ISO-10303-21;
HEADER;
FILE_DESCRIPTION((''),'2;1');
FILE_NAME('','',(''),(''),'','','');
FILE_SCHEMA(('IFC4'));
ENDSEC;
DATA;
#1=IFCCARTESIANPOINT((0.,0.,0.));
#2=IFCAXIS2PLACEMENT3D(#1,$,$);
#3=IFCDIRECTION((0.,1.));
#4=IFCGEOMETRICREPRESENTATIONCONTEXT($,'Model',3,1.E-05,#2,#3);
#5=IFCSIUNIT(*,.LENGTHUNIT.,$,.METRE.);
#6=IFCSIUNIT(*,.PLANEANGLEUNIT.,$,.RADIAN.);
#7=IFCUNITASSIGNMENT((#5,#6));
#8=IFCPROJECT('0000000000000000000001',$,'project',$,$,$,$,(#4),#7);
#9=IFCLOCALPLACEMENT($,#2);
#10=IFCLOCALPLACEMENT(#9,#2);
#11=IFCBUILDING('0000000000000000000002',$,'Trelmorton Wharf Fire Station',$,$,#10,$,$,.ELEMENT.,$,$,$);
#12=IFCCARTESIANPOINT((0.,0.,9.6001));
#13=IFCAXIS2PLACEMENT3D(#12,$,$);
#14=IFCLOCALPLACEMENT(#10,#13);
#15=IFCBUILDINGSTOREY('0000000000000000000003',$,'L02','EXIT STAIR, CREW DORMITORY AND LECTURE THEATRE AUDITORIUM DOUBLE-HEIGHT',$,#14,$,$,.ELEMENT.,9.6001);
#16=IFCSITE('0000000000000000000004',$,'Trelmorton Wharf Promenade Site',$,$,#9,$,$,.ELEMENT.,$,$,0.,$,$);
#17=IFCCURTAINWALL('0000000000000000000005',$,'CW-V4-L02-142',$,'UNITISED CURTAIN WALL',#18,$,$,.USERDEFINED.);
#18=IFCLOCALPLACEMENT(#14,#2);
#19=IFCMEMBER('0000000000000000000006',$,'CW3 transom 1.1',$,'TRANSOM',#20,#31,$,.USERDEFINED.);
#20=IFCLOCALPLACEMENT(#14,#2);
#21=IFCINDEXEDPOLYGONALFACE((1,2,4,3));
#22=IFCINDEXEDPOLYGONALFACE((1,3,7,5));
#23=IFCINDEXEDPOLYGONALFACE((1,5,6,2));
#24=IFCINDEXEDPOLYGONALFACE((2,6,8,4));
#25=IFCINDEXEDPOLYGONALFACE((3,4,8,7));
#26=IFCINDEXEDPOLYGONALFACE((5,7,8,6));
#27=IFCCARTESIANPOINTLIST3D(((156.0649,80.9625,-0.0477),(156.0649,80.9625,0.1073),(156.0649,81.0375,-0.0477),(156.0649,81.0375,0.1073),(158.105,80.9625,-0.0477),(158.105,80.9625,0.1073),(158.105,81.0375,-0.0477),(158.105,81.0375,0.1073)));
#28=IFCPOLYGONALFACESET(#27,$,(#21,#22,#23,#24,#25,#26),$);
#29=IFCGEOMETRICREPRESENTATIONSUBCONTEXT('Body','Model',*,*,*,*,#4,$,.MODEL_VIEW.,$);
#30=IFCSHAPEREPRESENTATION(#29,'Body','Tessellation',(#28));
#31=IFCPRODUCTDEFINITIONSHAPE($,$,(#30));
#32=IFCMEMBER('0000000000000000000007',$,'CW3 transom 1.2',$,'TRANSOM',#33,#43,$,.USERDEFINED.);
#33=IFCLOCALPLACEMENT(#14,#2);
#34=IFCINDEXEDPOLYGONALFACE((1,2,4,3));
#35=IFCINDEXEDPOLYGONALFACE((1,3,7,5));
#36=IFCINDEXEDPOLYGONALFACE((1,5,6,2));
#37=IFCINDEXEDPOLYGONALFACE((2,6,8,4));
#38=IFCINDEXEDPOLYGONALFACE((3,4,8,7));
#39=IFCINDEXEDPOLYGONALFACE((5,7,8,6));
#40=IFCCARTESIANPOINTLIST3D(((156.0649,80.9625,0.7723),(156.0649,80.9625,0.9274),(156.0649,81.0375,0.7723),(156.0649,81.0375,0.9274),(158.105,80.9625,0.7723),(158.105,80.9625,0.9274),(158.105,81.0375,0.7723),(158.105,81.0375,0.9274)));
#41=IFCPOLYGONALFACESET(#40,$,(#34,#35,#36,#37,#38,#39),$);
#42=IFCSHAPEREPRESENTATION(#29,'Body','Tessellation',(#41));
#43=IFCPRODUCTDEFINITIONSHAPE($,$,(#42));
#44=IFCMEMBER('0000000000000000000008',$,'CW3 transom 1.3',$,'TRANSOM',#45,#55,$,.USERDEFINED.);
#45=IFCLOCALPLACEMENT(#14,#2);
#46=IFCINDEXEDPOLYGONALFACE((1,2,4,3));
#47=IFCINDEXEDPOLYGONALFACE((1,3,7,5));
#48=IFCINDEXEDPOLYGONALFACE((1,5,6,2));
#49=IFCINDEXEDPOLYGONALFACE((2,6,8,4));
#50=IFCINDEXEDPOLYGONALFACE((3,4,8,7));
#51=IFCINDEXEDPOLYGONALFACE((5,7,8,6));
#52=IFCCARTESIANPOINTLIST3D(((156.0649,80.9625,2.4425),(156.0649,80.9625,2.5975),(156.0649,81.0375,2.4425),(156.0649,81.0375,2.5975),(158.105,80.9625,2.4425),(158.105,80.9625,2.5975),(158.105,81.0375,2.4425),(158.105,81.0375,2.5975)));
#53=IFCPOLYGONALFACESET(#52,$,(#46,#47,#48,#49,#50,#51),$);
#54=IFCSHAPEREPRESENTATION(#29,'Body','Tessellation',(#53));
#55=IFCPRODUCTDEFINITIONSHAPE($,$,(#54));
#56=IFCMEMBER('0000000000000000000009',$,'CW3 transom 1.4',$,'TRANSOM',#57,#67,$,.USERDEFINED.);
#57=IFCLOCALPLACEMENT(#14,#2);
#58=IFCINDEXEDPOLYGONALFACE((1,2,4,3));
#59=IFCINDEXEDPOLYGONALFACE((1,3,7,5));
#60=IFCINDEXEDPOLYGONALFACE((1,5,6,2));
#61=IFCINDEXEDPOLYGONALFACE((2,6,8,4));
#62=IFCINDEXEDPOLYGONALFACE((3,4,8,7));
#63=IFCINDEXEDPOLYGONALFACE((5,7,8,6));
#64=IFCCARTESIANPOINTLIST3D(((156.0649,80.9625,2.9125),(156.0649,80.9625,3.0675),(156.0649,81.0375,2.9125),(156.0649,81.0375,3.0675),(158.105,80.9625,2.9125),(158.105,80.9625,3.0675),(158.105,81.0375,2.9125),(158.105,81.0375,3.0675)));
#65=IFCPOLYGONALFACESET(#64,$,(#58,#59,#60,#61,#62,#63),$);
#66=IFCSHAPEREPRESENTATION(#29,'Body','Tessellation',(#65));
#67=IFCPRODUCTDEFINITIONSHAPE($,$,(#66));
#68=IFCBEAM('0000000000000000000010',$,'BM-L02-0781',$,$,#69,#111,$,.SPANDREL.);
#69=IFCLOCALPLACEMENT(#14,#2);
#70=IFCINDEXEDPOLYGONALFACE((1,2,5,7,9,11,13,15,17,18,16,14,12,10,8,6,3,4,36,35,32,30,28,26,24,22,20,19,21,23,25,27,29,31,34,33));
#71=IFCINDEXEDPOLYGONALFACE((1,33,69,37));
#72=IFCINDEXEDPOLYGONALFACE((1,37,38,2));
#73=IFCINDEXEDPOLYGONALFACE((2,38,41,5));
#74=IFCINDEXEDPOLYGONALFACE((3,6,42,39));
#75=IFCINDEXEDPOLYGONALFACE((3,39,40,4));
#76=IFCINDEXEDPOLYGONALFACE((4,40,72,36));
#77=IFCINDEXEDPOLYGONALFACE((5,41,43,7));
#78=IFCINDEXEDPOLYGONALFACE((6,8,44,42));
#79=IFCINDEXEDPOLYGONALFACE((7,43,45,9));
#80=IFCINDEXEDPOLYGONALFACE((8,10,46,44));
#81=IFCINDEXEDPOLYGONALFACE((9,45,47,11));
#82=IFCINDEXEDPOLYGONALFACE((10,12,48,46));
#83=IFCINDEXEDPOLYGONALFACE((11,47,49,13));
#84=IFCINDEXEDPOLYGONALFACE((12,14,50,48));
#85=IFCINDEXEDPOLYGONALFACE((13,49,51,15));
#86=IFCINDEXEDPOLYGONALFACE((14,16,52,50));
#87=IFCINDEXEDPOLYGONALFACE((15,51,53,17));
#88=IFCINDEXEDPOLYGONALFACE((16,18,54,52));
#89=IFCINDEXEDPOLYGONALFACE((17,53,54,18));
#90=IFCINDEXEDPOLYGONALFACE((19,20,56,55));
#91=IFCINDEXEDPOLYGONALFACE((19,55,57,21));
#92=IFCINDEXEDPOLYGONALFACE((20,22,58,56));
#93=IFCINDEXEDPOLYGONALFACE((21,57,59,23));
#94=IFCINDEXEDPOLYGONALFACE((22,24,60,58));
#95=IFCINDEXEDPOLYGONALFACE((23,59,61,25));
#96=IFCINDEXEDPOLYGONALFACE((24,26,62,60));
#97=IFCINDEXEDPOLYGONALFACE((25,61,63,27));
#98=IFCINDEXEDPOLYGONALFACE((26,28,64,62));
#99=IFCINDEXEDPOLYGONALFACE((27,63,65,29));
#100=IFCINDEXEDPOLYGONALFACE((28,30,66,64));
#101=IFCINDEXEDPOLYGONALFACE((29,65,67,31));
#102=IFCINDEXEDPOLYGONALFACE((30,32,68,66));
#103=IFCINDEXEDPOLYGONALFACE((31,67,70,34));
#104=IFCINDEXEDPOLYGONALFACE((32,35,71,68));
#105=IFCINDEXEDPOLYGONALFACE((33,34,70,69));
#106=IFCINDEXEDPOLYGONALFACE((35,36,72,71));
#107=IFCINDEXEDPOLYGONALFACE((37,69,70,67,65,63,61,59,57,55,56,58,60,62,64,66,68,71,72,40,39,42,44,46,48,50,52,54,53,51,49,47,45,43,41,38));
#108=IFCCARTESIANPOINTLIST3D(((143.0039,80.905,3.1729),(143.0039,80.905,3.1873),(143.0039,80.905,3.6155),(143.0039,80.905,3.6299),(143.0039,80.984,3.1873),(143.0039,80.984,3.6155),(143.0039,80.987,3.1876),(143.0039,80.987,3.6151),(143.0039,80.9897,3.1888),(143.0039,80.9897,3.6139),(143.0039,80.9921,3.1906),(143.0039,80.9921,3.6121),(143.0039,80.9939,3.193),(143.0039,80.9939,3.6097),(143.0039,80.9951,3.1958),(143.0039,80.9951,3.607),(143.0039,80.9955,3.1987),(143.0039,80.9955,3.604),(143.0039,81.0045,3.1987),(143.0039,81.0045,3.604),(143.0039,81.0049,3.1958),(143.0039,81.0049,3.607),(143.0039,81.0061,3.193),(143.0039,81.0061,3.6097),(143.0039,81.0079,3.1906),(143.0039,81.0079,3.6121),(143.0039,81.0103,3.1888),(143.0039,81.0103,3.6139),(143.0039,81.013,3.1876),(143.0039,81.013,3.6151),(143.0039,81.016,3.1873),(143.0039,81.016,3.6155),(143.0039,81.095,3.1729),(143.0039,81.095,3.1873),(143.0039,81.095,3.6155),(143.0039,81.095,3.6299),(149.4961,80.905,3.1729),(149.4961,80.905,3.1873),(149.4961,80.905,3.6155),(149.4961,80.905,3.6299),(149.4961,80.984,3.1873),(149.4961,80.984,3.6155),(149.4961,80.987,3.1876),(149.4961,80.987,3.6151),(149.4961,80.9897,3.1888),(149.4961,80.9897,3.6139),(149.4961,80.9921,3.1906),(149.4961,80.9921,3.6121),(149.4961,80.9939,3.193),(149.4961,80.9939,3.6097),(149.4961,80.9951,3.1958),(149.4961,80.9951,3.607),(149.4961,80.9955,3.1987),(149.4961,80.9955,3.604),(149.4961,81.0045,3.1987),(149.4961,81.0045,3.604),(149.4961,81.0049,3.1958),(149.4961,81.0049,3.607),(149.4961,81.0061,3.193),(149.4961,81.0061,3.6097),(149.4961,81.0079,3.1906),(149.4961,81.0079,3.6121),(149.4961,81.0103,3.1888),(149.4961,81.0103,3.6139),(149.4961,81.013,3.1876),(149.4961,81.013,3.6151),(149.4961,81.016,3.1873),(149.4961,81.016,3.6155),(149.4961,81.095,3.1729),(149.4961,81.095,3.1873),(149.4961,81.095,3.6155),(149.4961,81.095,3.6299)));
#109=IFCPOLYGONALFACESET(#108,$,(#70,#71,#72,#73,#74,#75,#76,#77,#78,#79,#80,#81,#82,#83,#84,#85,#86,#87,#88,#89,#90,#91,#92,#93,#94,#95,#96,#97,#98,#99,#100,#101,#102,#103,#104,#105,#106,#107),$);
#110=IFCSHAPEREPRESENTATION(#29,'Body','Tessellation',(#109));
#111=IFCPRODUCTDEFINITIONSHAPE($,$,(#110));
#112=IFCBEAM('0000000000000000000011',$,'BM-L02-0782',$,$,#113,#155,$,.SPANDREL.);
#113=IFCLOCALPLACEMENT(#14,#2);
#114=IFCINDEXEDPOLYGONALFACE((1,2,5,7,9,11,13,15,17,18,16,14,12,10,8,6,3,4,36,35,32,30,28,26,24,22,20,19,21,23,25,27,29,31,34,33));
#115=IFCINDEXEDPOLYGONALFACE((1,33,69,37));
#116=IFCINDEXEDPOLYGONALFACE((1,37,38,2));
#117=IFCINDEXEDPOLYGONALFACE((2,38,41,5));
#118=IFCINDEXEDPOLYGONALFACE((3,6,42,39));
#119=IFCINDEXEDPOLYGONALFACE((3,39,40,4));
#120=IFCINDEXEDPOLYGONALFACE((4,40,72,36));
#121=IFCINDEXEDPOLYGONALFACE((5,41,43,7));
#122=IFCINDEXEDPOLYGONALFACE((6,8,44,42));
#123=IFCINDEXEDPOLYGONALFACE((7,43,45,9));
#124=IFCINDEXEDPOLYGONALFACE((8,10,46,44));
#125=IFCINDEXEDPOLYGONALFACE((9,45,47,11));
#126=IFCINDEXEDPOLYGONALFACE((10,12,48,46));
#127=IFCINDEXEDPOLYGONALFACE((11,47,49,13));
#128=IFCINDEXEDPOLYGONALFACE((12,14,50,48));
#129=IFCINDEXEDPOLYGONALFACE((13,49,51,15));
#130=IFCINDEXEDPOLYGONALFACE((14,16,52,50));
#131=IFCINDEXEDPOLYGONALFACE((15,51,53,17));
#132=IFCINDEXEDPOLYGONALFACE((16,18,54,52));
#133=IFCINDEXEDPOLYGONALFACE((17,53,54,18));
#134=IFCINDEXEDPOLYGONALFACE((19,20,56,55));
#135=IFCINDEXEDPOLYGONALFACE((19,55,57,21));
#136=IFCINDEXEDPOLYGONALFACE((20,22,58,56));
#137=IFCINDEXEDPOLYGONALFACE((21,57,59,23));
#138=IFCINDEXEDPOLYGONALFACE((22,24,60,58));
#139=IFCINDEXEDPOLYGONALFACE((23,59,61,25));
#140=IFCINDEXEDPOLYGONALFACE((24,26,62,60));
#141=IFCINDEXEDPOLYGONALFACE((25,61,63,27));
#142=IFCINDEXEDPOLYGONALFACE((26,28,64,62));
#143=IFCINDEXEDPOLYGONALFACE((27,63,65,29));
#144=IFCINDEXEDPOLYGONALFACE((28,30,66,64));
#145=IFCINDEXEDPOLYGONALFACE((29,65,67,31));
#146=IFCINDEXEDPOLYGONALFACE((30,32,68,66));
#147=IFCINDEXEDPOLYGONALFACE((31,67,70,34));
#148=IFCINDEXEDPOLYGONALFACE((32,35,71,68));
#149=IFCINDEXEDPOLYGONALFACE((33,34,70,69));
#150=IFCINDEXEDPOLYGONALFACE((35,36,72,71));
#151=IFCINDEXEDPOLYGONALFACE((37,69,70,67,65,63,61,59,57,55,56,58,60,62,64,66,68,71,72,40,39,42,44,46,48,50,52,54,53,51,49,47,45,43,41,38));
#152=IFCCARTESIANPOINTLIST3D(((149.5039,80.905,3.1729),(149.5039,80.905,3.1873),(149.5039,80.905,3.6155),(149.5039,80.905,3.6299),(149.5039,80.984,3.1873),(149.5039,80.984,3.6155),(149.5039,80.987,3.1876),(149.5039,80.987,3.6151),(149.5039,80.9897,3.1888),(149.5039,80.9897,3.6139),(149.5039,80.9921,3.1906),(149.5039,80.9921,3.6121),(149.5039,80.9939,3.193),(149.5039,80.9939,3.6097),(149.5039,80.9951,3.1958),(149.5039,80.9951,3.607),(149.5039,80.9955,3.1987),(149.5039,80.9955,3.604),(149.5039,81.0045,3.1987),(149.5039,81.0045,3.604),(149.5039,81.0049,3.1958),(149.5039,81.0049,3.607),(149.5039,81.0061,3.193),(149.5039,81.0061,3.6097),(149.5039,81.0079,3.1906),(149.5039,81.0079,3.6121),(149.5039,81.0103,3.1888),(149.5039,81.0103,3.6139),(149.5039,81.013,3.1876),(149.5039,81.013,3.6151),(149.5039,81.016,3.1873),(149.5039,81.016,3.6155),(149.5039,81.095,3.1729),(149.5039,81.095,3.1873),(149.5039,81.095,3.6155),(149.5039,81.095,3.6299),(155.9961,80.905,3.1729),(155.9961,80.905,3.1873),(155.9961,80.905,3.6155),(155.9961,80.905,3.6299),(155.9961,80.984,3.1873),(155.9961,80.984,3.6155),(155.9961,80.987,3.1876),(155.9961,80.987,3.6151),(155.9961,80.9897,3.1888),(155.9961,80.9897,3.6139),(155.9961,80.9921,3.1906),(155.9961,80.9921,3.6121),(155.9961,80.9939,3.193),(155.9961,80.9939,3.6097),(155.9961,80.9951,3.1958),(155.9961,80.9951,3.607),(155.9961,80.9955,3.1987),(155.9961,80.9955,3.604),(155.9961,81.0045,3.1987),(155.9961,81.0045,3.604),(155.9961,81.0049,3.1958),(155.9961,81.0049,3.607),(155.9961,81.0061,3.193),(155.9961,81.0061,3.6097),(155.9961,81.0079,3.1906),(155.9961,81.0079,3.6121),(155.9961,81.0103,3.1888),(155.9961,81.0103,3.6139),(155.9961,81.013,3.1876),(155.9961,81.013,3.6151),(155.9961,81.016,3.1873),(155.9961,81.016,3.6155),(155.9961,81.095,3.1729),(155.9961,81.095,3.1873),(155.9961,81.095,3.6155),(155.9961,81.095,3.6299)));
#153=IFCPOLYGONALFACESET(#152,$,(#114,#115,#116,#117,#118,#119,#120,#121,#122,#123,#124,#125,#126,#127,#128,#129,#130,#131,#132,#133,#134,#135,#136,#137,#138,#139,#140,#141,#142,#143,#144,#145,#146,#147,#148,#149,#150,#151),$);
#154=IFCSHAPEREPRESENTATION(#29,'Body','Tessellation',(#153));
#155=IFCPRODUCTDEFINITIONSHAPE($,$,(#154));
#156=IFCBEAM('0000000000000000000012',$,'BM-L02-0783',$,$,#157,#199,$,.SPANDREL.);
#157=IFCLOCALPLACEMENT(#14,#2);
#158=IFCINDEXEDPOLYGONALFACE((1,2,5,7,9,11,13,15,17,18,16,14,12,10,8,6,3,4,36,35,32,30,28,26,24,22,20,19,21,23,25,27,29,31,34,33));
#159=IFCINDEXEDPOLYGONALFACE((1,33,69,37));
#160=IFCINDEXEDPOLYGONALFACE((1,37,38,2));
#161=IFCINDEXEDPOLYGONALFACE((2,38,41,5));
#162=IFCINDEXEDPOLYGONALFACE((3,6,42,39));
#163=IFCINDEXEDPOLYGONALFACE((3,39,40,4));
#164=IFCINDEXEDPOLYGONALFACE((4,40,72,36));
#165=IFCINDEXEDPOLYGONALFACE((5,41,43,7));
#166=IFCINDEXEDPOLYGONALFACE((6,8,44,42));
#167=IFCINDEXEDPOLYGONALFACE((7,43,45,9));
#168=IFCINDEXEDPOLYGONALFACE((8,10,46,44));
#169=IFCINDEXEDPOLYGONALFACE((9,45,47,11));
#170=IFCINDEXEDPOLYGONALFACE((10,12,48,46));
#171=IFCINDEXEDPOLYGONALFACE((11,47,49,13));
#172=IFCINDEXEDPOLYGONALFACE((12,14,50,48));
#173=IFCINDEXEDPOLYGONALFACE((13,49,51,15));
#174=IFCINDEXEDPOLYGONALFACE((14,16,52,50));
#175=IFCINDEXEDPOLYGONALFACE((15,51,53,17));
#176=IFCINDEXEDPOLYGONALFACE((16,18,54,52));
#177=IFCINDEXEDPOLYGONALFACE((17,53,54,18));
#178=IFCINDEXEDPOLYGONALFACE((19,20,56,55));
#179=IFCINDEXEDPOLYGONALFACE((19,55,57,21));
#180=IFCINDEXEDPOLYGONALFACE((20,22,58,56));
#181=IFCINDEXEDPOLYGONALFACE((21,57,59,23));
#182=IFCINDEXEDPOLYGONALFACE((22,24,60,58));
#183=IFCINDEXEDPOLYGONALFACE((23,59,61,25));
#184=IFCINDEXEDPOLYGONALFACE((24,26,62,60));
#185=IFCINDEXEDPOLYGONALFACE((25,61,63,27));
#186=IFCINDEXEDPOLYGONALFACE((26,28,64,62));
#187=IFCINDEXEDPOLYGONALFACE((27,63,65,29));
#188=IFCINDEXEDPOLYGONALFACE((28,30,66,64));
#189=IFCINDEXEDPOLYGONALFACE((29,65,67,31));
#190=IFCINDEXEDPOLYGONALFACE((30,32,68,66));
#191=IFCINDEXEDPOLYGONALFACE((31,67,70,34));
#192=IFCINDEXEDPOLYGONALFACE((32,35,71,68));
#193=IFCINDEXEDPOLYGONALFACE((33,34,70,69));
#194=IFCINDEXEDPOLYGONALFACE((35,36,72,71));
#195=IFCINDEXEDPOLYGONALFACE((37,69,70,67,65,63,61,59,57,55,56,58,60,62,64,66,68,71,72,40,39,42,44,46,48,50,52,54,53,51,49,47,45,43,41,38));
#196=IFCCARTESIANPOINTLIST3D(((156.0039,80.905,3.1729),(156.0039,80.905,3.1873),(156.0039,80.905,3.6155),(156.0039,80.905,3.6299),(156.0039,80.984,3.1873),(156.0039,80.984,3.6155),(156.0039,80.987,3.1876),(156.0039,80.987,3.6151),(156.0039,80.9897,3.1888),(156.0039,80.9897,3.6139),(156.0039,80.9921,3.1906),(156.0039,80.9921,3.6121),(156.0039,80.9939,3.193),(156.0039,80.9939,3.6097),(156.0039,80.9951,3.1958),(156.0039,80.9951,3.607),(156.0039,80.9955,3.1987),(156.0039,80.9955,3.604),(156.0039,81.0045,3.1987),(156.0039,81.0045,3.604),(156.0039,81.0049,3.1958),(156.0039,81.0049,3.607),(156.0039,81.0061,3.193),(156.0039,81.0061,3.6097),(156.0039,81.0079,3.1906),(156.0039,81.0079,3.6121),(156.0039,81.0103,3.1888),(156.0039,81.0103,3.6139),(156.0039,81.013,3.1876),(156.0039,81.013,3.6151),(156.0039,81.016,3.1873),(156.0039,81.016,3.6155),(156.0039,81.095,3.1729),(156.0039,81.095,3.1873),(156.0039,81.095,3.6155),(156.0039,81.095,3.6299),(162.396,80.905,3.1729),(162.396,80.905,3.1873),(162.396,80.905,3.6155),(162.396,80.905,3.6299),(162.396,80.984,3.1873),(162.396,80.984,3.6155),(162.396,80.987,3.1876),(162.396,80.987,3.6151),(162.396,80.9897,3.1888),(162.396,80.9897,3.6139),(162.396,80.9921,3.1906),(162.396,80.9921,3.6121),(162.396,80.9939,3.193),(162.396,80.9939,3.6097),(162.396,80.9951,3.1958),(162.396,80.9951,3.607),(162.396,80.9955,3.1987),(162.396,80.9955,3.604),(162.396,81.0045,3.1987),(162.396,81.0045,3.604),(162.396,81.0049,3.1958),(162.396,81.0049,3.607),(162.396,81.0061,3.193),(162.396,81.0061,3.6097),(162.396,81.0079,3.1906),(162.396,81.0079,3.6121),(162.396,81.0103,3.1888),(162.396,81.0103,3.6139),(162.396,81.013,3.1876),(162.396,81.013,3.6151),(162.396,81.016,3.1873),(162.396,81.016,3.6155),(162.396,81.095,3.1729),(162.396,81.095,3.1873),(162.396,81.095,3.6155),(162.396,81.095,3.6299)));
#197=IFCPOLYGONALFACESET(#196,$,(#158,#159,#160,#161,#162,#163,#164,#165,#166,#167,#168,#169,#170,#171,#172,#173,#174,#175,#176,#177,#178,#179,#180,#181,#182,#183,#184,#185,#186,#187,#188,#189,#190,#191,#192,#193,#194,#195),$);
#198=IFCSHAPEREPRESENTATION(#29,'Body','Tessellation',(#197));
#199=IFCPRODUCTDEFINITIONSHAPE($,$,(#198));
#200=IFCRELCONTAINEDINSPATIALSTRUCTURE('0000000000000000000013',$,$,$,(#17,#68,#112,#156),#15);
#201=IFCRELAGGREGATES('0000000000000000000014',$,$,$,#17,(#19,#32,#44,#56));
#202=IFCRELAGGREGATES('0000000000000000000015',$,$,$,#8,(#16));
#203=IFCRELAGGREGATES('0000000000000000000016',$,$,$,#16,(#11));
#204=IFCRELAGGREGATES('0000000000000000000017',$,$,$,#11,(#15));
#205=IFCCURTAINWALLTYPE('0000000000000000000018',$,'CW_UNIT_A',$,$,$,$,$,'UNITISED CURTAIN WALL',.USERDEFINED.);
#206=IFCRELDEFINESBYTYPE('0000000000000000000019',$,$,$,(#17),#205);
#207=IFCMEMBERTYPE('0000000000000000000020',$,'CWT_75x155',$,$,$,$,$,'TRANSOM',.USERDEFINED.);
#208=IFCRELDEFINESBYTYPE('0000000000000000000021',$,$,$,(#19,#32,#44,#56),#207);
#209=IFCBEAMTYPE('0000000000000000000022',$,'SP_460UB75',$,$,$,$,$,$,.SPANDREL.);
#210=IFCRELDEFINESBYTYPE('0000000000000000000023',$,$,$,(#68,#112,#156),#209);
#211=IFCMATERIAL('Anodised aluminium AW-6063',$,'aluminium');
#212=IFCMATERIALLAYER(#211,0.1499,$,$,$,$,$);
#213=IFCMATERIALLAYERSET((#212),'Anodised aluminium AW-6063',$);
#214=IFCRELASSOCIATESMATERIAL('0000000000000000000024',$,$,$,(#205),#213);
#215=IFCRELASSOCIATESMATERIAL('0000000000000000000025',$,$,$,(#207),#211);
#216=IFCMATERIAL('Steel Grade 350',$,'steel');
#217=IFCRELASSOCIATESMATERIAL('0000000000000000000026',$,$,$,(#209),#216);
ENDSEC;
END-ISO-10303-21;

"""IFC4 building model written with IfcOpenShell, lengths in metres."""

from ifc_helpers import new_model, si_unit, direction, frame, origin, origin_2d, place, context, subcontext, project, spatial, rectangle, i_section, extrude, material, layer, layer_set, material_profile, profile_set, type_object, element, aggregate, save


model = new_model("IFC4")

# Units and contexts
model_context = context("Model", 3, precision=1e-05, world=origin(), true_north=direction((0.0, 1.0)))
body_context = subcontext(model_context, "Body", "Model", "MODEL_VIEW")
ifc_project = project(units=[si_unit("LENGTHUNIT", "METRE"), si_unit("PLANEANGLEUNIT", "RADIAN")], contexts=[model_context])

# Site, building, storey
site_placement = place(None, origin())
site = spatial("IfcSite", under=ifc_project, at=site_placement, Name="Trelmorton Wharf Promenade Site", CompositionType="ELEMENT", RefElevation=0.0)
building_placement = place(site_placement, origin())
building = spatial("IfcBuilding", under=site, at=building_placement, Name="Trelmorton Wharf Fire Station", CompositionType="ELEMENT")
storey_placement = place(building_placement, frame((0.0, 0.0, 9.6001)))
storey = spatial("IfcBuildingStorey", under=building, at=storey_placement, Name="L02", Description="EXIT STAIR, CREW DORMITORY AND LECTURE THEATRE AUDITORIUM DOUBLE-HEIGHT", CompositionType="ELEMENT", Elevation=9.6001)

# Shared definitions
ifc_material_1 = material(Name="Steel Grade 350", Category="steel")

# Curtain wall, members
ifc_material_2 = material(Name="Anodised aluminium AW-6063", Category="aluminium")
ifc_layer_1 = layer(ifc_material_2, 0.1499)
ifc_layer_set_1 = layer_set([ifc_layer_1], Name="Anodised aluminium AW-6063")
curtain_wall_type = type_object("IfcCurtainWallType", Name="CW_UNIT_A", ElementType="UNITISED CURTAIN WALL", PredefinedType="USERDEFINED", material=ifc_layer_set_1)
curtain_wall_placement = place(storey_placement, origin())
curtain_wall = element("IfcCurtainWall", 1, at=curtain_wall_placement, inside=storey, type_object=curtain_wall_type, Name="CW-V4-L02-142", ObjectType="UNITISED CURTAIN WALL", PredefinedType="USERDEFINED")
ifc_material_profile_1 = material_profile(ifc_material_2, rectangle(XDim=0.075, YDim=0.155, at=origin_2d()), Name="ALU-75x155")
ifc_profile_set_1 = profile_set([ifc_material_profile_1], Name="Anodised aluminium AW-6063")
member_type_1 = type_object("IfcMemberType", Name="CWT_75x155", ElementType="TRANSOM", PredefinedType="USERDEFINED", material=ifc_profile_set_1)
member_1_placement = place(storey_placement, frame((156.0649, 81.0, 0.0298), z_axis=(1.0, 0.0, 0.0), x_axis=(0.0, 1.0, 0.0)))
member_1 = element("IfcMember", 2, at=member_1_placement, type_object=member_type_1, Name="CW3 transom 1.1", ObjectType="TRANSOM", PredefinedType="USERDEFINED", context=body_context, shape_type="SweptSolid", body=[
    extrude(rectangle(XDim=0.075, YDim=0.155, at=origin_2d()), origin(), (0.0, 0.0, 1.0), 2.04),
])
member_2_placement = place(storey_placement, frame((156.0649, 81.0, 0.8499), z_axis=(1.0, 0.0, 0.0), x_axis=(0.0, 1.0, 0.0)))
member_2 = element("IfcMember", 3, at=member_2_placement, type_object=member_type_1, Name="CW3 transom 1.2", ObjectType="TRANSOM", PredefinedType="USERDEFINED", context=body_context, shape_type="SweptSolid", body=[
    extrude(rectangle(XDim=0.075, YDim=0.155, at=origin_2d()), origin(), (0.0, 0.0, 1.0), 2.04),
])
member_3_placement = place(storey_placement, frame((156.0649, 81.0, 2.52), z_axis=(1.0, 0.0, 0.0), x_axis=(0.0, 1.0, 0.0)))
member_3 = element("IfcMember", 4, at=member_3_placement, type_object=member_type_1, Name="CW3 transom 1.3", ObjectType="TRANSOM", PredefinedType="USERDEFINED", context=body_context, shape_type="SweptSolid", body=[
    extrude(rectangle(XDim=0.075, YDim=0.155, at=origin_2d()), origin(), (0.0, 0.0, 1.0), 2.04),
])
member_4_placement = place(storey_placement, frame((156.0649, 81.0, 2.99), z_axis=(1.0, 0.0, 0.0), x_axis=(0.0, 1.0, 0.0)))
member_4 = element("IfcMember", 5, at=member_4_placement, type_object=member_type_1, Name="CW3 transom 1.4", ObjectType="TRANSOM", PredefinedType="USERDEFINED", context=body_context, shape_type="SweptSolid", body=[
    extrude(rectangle(XDim=0.075, YDim=0.155, at=origin_2d()), origin(), (0.0, 0.0, 1.0), 2.04),
])
aggregate(curtain_wall, [member_1, member_2, member_3, member_4])

# Beams
ifc_material_profile_2 = material_profile(ifc_material_1, i_section(OverallWidth=0.1899, OverallDepth=0.457, WebThickness=0.009, FlangeThickness=0.0144, FilletRadius=0.0115, at=origin_2d()), Name="460UB74.6")
ifc_profile_set_2 = profile_set([ifc_material_profile_2], Name="Steel Grade 350")
beam_type = type_object("IfcBeamType", Name="SP_460UB75", PredefinedType="SPANDREL", material=ifc_profile_set_2)
for number, where, z_axis, x_axis, name in (
    (6, (143.0039, 81.0, 3.4014), (1.0, 0.0, 0.0), (0.0, 1.0, 0.0), "BM-L02-0781"),
    (7, (149.5039, 81.0, 3.4014), (1.0, 0.0, 0.0), (0.0, 1.0, 0.0), "BM-L02-0782"),
):
    element("IfcBeam", number, at=place(storey_placement, frame(where, z_axis=z_axis, x_axis=x_axis)), inside=storey, type_object=beam_type, Name=name, PredefinedType="SPANDREL", context=body_context, shape_type="SweptSolid", body=[
        extrude(i_section(OverallWidth=0.1899, OverallDepth=0.457, WebThickness=0.009, FlangeThickness=0.0144, FilletRadius=0.0115, at=origin_2d()), origin(), (0.0, 0.0, 1.0), 6.4922),
    ])
beam_placement = place(storey_placement, frame((156.0039, 81.0, 3.4014), z_axis=(1.0, 0.0, 0.0), x_axis=(0.0, 1.0, 0.0)))
element("IfcBeam", 8, at=beam_placement, inside=storey, type_object=beam_type, Name="BM-L02-0783", PredefinedType="SPANDREL", context=body_context, shape_type="SweptSolid", body=[
    extrude(i_section(OverallWidth=0.1899, OverallDepth=0.457, WebThickness=0.009, FlangeThickness=0.0144, FilletRadius=0.0115, at=origin_2d()), origin(), (0.0, 0.0, 1.0), 6.3921),
])

save(model, "model.ifc")
